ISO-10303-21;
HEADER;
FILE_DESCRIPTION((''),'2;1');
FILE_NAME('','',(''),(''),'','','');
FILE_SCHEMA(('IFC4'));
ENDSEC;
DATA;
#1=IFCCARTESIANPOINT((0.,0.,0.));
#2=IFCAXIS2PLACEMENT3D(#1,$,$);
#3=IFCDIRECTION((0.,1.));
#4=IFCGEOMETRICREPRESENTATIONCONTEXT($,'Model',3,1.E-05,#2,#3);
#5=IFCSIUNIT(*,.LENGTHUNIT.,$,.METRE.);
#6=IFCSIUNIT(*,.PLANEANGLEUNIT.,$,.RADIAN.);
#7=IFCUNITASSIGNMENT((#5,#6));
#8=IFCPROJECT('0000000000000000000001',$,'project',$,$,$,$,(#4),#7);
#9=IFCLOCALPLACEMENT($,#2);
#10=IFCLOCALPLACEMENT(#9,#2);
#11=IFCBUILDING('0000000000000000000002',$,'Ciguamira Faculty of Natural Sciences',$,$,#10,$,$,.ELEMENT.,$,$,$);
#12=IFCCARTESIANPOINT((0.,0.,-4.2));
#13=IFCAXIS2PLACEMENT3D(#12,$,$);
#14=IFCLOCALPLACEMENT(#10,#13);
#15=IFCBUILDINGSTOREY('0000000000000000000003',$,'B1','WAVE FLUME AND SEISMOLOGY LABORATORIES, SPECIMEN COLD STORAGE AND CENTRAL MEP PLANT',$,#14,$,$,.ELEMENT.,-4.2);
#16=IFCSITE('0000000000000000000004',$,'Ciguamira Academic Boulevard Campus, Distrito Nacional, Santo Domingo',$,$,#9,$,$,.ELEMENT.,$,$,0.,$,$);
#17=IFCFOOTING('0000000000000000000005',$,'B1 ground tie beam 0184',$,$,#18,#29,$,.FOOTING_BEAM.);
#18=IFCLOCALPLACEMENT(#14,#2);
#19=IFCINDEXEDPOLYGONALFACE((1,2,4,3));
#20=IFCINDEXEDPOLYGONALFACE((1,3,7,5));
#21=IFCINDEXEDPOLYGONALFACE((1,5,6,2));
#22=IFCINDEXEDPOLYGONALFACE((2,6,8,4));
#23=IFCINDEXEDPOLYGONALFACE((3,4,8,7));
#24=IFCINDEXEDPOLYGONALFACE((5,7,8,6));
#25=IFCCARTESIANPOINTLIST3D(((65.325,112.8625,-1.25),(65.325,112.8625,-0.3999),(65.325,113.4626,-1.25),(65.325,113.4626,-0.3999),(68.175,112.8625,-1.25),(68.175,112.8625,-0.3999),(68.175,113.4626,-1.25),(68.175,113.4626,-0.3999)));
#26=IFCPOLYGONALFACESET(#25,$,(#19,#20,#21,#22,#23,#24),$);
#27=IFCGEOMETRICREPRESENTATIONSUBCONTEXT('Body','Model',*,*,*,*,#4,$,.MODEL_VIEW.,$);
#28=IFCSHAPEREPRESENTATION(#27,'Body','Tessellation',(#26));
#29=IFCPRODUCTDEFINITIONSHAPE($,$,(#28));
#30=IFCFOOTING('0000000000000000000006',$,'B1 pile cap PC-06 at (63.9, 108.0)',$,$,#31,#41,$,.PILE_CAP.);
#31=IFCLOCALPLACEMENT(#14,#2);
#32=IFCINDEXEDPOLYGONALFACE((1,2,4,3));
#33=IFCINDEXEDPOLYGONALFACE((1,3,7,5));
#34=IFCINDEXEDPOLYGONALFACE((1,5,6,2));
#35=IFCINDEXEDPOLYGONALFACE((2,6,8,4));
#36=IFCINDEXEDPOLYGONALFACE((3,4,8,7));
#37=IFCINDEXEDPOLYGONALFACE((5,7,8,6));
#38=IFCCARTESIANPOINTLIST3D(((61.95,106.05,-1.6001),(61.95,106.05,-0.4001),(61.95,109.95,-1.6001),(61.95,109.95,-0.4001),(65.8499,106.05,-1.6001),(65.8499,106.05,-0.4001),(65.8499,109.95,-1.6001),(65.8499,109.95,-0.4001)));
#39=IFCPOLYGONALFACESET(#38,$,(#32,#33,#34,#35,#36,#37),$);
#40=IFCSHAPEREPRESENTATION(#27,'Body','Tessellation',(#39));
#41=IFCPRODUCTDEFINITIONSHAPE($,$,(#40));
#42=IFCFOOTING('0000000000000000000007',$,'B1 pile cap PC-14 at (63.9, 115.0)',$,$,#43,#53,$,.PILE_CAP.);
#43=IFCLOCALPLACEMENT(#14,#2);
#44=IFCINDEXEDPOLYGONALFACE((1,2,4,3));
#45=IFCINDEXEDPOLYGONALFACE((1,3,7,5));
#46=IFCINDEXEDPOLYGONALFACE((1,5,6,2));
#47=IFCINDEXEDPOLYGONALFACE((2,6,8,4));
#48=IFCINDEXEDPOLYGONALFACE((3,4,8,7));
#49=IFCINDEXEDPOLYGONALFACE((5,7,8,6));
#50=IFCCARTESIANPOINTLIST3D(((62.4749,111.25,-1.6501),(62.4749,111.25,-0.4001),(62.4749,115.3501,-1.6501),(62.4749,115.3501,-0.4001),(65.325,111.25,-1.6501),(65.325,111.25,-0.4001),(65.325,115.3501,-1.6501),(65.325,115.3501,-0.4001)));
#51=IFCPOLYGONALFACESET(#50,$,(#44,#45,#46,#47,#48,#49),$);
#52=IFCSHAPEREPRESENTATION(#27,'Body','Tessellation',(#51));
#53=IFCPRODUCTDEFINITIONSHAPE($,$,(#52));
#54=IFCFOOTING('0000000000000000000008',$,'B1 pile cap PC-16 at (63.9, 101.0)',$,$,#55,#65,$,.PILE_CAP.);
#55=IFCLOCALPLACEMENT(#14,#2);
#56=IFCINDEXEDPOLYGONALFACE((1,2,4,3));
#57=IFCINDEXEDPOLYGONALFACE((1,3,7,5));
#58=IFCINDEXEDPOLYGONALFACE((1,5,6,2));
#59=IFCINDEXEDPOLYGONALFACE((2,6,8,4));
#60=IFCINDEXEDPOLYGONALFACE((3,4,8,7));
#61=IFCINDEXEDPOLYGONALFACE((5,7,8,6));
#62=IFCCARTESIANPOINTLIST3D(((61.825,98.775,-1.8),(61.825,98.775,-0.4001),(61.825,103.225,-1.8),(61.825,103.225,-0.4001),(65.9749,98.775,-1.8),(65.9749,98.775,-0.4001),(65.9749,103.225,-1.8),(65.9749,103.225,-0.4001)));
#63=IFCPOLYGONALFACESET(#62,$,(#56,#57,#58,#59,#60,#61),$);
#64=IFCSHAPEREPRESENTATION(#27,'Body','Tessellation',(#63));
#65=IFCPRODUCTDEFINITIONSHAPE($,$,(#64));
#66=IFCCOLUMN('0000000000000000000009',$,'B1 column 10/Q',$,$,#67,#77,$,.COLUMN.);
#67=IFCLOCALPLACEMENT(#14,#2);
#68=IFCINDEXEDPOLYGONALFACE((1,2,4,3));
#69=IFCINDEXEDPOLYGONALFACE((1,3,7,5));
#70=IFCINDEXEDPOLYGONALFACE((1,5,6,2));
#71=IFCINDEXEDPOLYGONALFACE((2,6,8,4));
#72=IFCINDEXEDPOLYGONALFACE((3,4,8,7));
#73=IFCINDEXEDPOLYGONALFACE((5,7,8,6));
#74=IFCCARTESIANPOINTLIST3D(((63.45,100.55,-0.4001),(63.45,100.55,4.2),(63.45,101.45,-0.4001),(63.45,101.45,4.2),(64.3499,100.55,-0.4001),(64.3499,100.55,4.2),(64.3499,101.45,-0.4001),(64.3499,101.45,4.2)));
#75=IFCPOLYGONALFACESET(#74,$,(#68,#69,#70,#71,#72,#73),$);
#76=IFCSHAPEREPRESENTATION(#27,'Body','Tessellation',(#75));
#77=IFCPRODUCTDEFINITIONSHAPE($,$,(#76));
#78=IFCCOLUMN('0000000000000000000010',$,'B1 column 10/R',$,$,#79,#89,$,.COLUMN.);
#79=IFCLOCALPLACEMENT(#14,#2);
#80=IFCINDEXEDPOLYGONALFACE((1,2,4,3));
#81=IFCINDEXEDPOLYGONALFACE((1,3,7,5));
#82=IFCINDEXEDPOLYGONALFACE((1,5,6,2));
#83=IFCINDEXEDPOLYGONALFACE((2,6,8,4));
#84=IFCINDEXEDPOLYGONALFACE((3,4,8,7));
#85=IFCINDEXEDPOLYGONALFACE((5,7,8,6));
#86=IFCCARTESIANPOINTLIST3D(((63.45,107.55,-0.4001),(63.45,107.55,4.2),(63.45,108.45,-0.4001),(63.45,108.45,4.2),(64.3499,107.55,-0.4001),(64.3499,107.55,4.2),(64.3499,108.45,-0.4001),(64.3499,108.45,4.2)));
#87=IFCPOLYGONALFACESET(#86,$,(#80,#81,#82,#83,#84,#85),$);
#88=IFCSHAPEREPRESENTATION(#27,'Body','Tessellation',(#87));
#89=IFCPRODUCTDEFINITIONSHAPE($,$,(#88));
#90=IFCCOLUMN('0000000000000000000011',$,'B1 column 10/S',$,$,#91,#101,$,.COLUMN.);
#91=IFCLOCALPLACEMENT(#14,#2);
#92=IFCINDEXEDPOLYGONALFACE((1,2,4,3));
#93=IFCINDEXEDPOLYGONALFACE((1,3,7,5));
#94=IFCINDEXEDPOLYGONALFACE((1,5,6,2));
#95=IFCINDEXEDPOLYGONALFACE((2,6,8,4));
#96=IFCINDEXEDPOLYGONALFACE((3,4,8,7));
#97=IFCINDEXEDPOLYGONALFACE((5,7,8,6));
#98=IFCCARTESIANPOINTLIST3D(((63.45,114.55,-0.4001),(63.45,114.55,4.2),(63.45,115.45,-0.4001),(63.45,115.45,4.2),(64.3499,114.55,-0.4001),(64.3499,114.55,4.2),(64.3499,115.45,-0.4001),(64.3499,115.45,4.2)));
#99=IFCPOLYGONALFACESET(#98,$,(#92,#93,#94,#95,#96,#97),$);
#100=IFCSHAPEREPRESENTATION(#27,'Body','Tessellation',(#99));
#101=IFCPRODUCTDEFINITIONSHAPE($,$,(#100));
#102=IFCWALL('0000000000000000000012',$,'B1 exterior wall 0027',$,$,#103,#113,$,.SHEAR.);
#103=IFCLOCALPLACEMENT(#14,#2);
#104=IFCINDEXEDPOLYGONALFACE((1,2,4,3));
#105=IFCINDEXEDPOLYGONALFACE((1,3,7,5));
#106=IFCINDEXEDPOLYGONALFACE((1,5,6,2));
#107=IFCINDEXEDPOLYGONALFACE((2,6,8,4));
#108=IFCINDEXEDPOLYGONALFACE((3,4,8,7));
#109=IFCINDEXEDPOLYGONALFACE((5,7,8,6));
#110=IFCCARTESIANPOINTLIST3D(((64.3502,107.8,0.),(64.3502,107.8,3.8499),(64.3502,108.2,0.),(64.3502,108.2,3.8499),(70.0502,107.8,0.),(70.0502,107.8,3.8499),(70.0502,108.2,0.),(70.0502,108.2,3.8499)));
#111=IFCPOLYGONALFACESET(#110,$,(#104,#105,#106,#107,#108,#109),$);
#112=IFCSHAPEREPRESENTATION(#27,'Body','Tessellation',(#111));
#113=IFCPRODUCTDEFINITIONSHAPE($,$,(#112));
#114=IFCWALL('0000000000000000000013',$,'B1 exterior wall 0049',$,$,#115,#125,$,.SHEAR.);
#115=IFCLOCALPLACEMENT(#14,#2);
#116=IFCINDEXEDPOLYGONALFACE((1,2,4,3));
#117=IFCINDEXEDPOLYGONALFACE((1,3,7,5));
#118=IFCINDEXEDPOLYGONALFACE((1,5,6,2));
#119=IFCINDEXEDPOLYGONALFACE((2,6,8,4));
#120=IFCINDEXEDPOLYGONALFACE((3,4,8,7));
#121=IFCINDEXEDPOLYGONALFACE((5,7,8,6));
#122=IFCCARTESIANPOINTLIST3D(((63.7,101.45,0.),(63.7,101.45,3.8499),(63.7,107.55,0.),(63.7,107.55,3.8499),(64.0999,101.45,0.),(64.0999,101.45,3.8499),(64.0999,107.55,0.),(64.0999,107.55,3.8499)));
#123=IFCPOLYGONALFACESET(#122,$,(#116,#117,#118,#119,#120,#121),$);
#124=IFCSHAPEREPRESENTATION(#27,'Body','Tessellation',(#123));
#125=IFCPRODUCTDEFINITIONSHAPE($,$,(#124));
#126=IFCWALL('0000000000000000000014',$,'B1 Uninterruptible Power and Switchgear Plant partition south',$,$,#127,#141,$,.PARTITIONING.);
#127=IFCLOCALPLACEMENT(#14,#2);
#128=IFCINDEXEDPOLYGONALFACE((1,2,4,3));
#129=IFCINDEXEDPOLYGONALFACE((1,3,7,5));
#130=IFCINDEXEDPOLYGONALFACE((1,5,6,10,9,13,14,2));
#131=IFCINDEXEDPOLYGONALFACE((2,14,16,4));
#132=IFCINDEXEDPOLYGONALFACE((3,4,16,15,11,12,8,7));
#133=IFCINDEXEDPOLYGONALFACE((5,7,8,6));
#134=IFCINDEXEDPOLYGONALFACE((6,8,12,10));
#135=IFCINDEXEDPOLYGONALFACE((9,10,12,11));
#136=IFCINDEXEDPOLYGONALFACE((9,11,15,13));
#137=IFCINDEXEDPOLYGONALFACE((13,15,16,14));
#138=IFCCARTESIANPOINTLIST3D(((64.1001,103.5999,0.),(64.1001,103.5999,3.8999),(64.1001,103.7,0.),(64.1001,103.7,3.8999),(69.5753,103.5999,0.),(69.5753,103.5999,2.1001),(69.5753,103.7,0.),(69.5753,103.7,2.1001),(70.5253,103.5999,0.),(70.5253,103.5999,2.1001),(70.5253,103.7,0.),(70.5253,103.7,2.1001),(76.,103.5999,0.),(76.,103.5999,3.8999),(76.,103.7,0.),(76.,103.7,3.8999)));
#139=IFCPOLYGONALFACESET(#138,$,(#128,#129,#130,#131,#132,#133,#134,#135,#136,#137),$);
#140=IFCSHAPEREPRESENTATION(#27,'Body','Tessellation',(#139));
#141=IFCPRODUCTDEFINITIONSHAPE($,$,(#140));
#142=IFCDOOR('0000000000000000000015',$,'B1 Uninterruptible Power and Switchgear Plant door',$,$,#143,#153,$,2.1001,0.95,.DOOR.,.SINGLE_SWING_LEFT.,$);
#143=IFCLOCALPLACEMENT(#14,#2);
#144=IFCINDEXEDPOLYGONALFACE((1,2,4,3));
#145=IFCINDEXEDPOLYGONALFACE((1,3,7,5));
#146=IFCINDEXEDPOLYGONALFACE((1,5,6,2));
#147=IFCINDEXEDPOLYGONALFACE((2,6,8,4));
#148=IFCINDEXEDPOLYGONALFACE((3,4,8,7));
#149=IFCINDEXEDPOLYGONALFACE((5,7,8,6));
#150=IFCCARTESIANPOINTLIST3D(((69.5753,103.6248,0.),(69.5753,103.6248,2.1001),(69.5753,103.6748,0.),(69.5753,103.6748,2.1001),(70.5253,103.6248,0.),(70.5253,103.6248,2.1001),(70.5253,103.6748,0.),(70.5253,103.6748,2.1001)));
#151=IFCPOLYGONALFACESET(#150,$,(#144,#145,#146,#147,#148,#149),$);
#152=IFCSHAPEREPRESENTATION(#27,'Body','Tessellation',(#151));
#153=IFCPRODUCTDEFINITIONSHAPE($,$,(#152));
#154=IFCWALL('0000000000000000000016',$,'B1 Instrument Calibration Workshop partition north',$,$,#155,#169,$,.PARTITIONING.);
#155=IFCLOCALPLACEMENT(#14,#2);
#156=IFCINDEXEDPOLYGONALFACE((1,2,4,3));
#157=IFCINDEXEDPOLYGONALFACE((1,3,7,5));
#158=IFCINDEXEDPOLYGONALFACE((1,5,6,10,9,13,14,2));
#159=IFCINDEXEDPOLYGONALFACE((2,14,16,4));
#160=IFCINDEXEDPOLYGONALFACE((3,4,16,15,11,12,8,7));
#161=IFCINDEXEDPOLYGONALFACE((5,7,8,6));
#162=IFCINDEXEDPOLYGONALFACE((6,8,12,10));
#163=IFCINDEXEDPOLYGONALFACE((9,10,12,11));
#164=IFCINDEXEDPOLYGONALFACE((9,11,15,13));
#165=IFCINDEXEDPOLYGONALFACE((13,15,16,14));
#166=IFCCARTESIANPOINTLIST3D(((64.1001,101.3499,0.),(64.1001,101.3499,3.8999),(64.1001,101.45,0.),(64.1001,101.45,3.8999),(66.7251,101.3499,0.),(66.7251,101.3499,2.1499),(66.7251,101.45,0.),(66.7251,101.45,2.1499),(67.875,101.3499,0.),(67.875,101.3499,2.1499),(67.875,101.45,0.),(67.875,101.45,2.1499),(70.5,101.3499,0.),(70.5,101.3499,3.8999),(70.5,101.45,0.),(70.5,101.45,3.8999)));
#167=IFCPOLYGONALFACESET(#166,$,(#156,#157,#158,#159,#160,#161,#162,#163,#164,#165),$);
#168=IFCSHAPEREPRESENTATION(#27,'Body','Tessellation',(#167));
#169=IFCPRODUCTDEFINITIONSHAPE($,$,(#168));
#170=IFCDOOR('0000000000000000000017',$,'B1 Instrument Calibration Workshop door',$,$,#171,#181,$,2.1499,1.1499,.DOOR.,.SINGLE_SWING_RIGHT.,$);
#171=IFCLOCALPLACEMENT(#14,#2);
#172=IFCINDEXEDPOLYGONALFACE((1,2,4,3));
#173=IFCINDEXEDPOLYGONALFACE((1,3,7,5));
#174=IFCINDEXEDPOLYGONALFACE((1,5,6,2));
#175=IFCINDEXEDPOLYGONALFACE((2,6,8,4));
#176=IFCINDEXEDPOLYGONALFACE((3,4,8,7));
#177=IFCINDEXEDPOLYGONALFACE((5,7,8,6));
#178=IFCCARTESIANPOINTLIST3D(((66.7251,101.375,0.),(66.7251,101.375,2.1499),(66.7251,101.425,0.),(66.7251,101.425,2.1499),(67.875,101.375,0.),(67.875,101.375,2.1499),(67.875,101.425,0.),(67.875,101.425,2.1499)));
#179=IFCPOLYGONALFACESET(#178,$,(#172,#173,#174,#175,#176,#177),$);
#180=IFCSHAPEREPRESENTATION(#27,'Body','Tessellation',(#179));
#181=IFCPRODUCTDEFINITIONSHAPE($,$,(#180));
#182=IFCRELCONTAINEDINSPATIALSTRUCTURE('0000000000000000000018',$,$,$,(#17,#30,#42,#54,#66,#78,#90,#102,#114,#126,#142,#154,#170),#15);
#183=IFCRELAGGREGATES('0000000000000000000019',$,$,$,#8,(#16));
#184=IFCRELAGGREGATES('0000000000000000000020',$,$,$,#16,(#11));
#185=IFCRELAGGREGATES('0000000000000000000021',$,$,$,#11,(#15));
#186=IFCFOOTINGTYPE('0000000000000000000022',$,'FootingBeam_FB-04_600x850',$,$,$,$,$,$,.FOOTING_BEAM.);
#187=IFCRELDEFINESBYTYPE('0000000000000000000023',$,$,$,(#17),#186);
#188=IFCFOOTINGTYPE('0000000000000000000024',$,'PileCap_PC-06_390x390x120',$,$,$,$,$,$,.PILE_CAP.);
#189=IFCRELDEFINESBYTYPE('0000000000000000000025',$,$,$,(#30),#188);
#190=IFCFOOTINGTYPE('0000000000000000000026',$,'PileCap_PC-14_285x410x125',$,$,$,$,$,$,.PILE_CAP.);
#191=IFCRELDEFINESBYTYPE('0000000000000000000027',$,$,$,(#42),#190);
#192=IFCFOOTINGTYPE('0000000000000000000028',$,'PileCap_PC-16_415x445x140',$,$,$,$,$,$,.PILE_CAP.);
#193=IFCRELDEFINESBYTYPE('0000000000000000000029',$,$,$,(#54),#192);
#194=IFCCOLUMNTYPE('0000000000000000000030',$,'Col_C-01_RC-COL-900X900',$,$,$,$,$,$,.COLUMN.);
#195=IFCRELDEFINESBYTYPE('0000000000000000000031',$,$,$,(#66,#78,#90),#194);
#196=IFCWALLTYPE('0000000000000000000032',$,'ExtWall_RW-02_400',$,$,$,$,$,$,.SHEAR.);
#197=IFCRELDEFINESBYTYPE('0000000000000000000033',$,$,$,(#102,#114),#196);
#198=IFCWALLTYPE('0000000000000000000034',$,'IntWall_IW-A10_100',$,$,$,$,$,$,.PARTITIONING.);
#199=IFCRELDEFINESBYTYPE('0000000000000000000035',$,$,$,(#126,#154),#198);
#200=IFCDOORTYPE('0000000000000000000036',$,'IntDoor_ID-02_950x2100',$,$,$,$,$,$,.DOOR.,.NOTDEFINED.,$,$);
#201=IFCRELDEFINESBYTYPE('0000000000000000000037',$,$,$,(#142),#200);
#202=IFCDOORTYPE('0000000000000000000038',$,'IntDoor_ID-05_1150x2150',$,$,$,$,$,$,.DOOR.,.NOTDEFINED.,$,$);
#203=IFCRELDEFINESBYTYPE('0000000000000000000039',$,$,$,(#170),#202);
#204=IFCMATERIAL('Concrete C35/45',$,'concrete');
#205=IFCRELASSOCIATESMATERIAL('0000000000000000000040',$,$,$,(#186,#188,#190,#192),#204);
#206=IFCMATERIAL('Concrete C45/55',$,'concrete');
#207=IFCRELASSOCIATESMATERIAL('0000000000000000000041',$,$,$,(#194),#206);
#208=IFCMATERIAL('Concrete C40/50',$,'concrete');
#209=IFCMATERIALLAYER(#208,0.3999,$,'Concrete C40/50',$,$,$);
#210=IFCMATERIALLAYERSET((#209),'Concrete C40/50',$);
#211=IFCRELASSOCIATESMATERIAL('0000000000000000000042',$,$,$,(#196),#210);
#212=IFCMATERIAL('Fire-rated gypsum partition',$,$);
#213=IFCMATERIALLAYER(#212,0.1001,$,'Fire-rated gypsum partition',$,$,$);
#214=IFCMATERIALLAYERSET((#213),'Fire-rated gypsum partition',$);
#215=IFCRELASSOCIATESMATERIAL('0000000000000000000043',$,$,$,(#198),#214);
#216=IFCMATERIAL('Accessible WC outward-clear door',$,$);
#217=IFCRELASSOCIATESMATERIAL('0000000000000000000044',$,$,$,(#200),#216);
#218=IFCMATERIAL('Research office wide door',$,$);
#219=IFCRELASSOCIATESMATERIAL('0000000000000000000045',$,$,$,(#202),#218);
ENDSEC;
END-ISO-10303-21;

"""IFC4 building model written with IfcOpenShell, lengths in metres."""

from ifc_helpers import new_model, si_unit, direction, frame, frame_2d, origin, origin_2d, place, context, subcontext, project, spatial, rectangle, extrude, material, layer, layer_set, material_profile, profile_set, type_object, element, fill, save


model = new_model("IFC4")

# Units and contexts
model_context = context("Model", 3, precision=1e-05, world=origin(), true_north=direction((0.0, 1.0)))
body_context = subcontext(model_context, "Body", "Model", "MODEL_VIEW")
ifc_project = project(units=[si_unit("LENGTHUNIT", "METRE"), si_unit("PLANEANGLEUNIT", "RADIAN")], contexts=[model_context])

# Site, building, storey
site_placement = place(None, origin())
site = spatial("IfcSite", under=ifc_project, at=site_placement, Name="Ciguamira Academic Boulevard Campus, Distrito Nacional, Santo Domingo", CompositionType="ELEMENT", RefElevation=0.0)
building_placement = place(site_placement, origin())
building = spatial("IfcBuilding", under=site, at=building_placement, Name="Ciguamira Faculty of Natural Sciences", CompositionType="ELEMENT")
storey_placement = place(building_placement, frame((0.0, 0.0, -4.2)))
storey = spatial("IfcBuildingStorey", under=building, at=storey_placement, Name="B1", Description="WAVE FLUME AND SEISMOLOGY LABORATORIES, SPECIMEN COLD STORAGE AND CENTRAL MEP PLANT", CompositionType="ELEMENT", Elevation=-4.2)

# Shared definitions
ifc_material_1 = material(Name="Concrete C35/45", Category="concrete")

# Footings
ifc_material_profile_1 = material_profile(ifc_material_1, rectangle(XDim=0.6001, YDim=0.8501, at=origin_2d()), Name="RC-FB-600X850")
ifc_profile_set_1 = profile_set([ifc_material_profile_1], Name="Concrete C35/45")
footing_type_1 = type_object("IfcFootingType", Name="FootingBeam_FB-04_600x850", PredefinedType="FOOTING_BEAM", material=ifc_profile_set_1)
footing_1_placement = place(storey_placement, frame((65.325, 113.1626, -0.825), z_axis=(1.0, 0.0, 0.0), x_axis=(0.0, 1.0, 0.0)))
element("IfcFooting", 1, at=footing_1_placement, inside=storey, type_object=footing_type_1, Name="B1 ground tie beam 0184", PredefinedType="FOOTING_BEAM", context=body_context, shape_type="SweptSolid", body=[
    extrude(rectangle(XDim=0.6001, YDim=0.8501, at=origin_2d()), origin(), (0.0, 0.0, 1.0), 2.8501),
])
footing_type_2 = type_object("IfcFootingType", Name="PileCap_PC-06_390x390x120", PredefinedType="PILE_CAP", material=ifc_material_1)
footing_2_placement = place(storey_placement, frame((63.8999, 108.0, -1.6001), z_axis=(0.0, 0.0, 1.0), x_axis=(1.0, 0.0, 0.0)))
element("IfcFooting", 2, at=footing_2_placement, inside=storey, type_object=footing_type_2, Name="B1 pile cap PC-06 at (63.9, 108.0)", PredefinedType="PILE_CAP", context=body_context, shape_type="SweptSolid", body=[
    extrude(rectangle(XDim=3.8999, YDim=3.8999, at=origin_2d()), origin(), (0.0, 0.0, 1.0), 1.2),
])
footing_type_3 = type_object("IfcFootingType", Name="PileCap_PC-14_285x410x125", PredefinedType="PILE_CAP", material=ifc_material_1)
footing_3_placement = place(storey_placement, frame((63.8999, 113.3, -1.6501), z_axis=(0.0, 0.0, 1.0), x_axis=(1.0, 0.0, 0.0)))
element("IfcFooting", 3, at=footing_3_placement, inside=storey, type_object=footing_type_3, Name="B1 pile cap PC-14 at (63.9, 115.0)", PredefinedType="PILE_CAP", context=body_context, shape_type="SweptSolid", body=[
    extrude(rectangle(XDim=2.8501, YDim=4.1001, at=origin_2d()), origin(), (0.0, 0.0, 1.0), 1.25),
])
footing_type_4 = type_object("IfcFootingType", Name="PileCap_PC-16_415x445x140", PredefinedType="PILE_CAP", material=ifc_material_1)
footing_4_placement = place(storey_placement, frame((63.8999, 101.0, -1.8), z_axis=(0.0, 0.0, 1.0), x_axis=(1.0, 0.0, 0.0)))
element("IfcFooting", 4, at=footing_4_placement, inside=storey, type_object=footing_type_4, Name="B1 pile cap PC-16 at (63.9, 101.0)", PredefinedType="PILE_CAP", context=body_context, shape_type="SweptSolid", body=[
    extrude(rectangle(XDim=4.1499, YDim=4.45, at=origin_2d()), origin(), (0.0, 0.0, 1.0), 1.3999),
])

# Columns
ifc_material_2 = material(Name="Concrete C45/55", Category="concrete")
ifc_material_profile_2 = material_profile(ifc_material_2, rectangle(XDim=0.8999, YDim=0.8999, at=origin_2d()), Name="RC-COL-900X900")
ifc_profile_set_2 = profile_set([ifc_material_profile_2], Name="Concrete C45/55")
column_type = type_object("IfcColumnType", Name="Col_C-01_RC-COL-900X900", PredefinedType="COLUMN", material=ifc_profile_set_2)
for number, where, z_axis, x_axis, name in (
    (5, (63.8999, 101.0, -0.4001), (0.0, 0.0, 1.0), (1.0, 0.0, 0.0), "B1 column 10/Q"),
    (6, (63.8999, 108.0, -0.4001), (0.0, 0.0, 1.0), (1.0, 0.0, 0.0), "B1 column 10/R"),
    (7, (63.8999, 115.0, -0.4001), (0.0, 0.0, 1.0), (1.0, 0.0, 0.0), "B1 column 10/S"),
):
    element("IfcColumn", number, at=place(storey_placement, frame(where, z_axis=z_axis, x_axis=x_axis)), inside=storey, type_object=column_type, Name=name, PredefinedType="COLUMN", context=body_context, shape_type="SweptSolid", body=[
        extrude(rectangle(XDim=0.8999, YDim=0.8999, at=origin_2d()), origin(), (0.0, 0.0, 1.0), 4.6001),
    ])

# Walls
ifc_material_3 = material(Name="Concrete C40/50", Category="concrete")
ifc_layer_1 = layer(ifc_material_3, 0.3999, Name="Concrete C40/50")
ifc_layer_set_1 = layer_set([ifc_layer_1], Name="Concrete C40/50")
wall_type_1 = type_object("IfcWallType", Name="ExtWall_RW-02_400", PredefinedType="SHEAR", material=ifc_layer_set_1)
wall_1_placement = place(storey_placement, frame((64.3501, 108.0, 0.0), z_axis=(0.0, 0.0, 1.0), x_axis=(1.0, 0.0, 0.0)))
element("IfcWall", 8, at=wall_1_placement, inside=storey, type_object=wall_type_1, Name="B1 exterior wall 0027", PredefinedType="SHEAR", context=body_context, shape_type="SweptSolid", body=[
    extrude(rectangle(XDim=5.7, YDim=0.3999, at=frame_2d((2.8501, 0.0))), origin(), (0.0, 0.0, 1.0), 3.8499),
])
wall_2_placement = place(storey_placement, frame((63.8999, 101.45, 0.0), z_axis=(0.0, 0.0, 1.0), x_axis=(0.0, 1.0, 0.0)))
element("IfcWall", 9, at=wall_2_placement, inside=storey, type_object=wall_type_1, Name="B1 exterior wall 0049", PredefinedType="SHEAR", context=body_context, shape_type="SweptSolid", body=[
    extrude(rectangle(XDim=6.1001, YDim=0.3999, at=frame_2d((3.05, 0.0))), origin(), (0.0, 0.0, 1.0), 3.8499),
])

# Walls, openings, doors
ifc_material_4 = material(Name="Fire-rated gypsum partition")
ifc_layer_2 = layer(ifc_material_4, 0.1001, Name="Fire-rated gypsum partition")
ifc_layer_set_2 = layer_set([ifc_layer_2], Name="Fire-rated gypsum partition")
wall_type_2 = type_object("IfcWallType", Name="IntWall_IW-A10_100", PredefinedType="PARTITIONING", material=ifc_layer_set_2)
wall_3_placement = place(storey_placement, frame((64.1001, 103.6499, 0.0), z_axis=(0.0, 0.0, 1.0), x_axis=(1.0, 0.0, 0.0)))
wall_3 = element("IfcWall", 10, at=wall_3_placement, inside=storey, type_object=wall_type_2, Name="B1 Uninterruptible Power and Switchgear Plant partition south", PredefinedType="PARTITIONING", context=body_context, shape_type="SweptSolid", body=[
    extrude(rectangle(XDim=11.8999, YDim=0.1001, at=frame_2d((5.95, 0.0))), origin(), (0.0, 0.0, 1.0), 3.8999),
])
opening_1_placement = place(wall_3_placement, frame((5.4751, 0.0, 0.0)))
opening_1 = element("IfcOpeningElement", 11, at=opening_1_placement, cuts=wall_3, PredefinedType="OPENING", context=body_context, shape_type="SweptSolid", body=[
    extrude(rectangle(XDim=0.95, YDim=2.1001, at=frame_2d((0.4751, 1.05))), frame((0.0, 0.0601, 0.0), z_axis=(0.0, -1.0, 0.0), x_axis=(1.0, 0.0, 0.0)), (0.0, 0.0, 1.0), 0.1201),
])
ifc_material_5 = material(Name="Accessible WC outward-clear door")
door_type_1 = type_object("IfcDoorType", Name="IntDoor_ID-02_950x2100", OperationType="NOTDEFINED", PredefinedType="DOOR", material=ifc_material_5)
door_1_placement = place(opening_1_placement, origin())
door_1 = element("IfcDoor", 12, at=door_1_placement, inside=storey, type_object=door_type_1, Name="B1 Uninterruptible Power and Switchgear Plant door", OperationType="SINGLE_SWING_LEFT", OverallHeight=2.1001, OverallWidth=0.95, PredefinedType="DOOR", context=body_context, shape_type="SweptSolid", body=[
    extrude(rectangle(XDim=0.95, YDim=2.1001, at=frame_2d((0.4751, 1.05))), frame((0.0, 0.0249, 0.0), z_axis=(0.0, -1.0, 0.0), x_axis=(1.0, 0.0, 0.0)), (0.0, 0.0, 1.0), 0.05),
])
fill(opening_1, door_1)
wall_4_placement = place(storey_placement, frame((64.1001, 101.3999, 0.0), z_axis=(0.0, 0.0, 1.0), x_axis=(1.0, 0.0, 0.0)))
wall_4 = element("IfcWall", 13, at=wall_4_placement, inside=storey, type_object=wall_type_2, Name="B1 Instrument Calibration Workshop partition north", PredefinedType="PARTITIONING", context=body_context, shape_type="SweptSolid", body=[
    extrude(rectangle(XDim=6.3999, YDim=0.1001, at=frame_2d((3.2, 0.0))), origin(), (0.0, 0.0, 1.0), 3.8999),
])
opening_2_placement = place(wall_4_placement, frame((2.625, 0.0, 0.0)))
opening_2 = element("IfcOpeningElement", 14, at=opening_2_placement, cuts=wall_4, PredefinedType="OPENING", context=body_context, shape_type="SweptSolid", body=[
    extrude(rectangle(XDim=1.1499, YDim=2.1499, at=frame_2d((0.575, 1.075))), frame((0.0, 0.0601, 0.0), z_axis=(0.0, -1.0, 0.0), x_axis=(1.0, 0.0, 0.0)), (0.0, 0.0, 1.0), 0.1201),
])
ifc_material_6 = material(Name="Research office wide door")
door_type_2 = type_object("IfcDoorType", Name="IntDoor_ID-05_1150x2150", OperationType="NOTDEFINED", PredefinedType="DOOR", material=ifc_material_6)
door_2_placement = place(opening_2_placement, frame((1.1499, 0.0, 0.0), z_axis=(0.0, 0.0, 1.0), x_axis=(-1.0, 0.0, 0.0)))
door_2 = element("IfcDoor", 15, at=door_2_placement, inside=storey, type_object=door_type_2, Name="B1 Instrument Calibration Workshop door", OperationType="SINGLE_SWING_RIGHT", OverallHeight=2.1499, OverallWidth=1.1499, PredefinedType="DOOR", context=body_context, shape_type="SweptSolid", body=[
    extrude(rectangle(XDim=1.1499, YDim=2.1499, at=frame_2d((0.575, 1.075))), frame((0.0, 0.0249, 0.0), z_axis=(0.0, -1.0, 0.0), x_axis=(1.0, 0.0, 0.0)), (0.0, 0.0, 1.0), 0.05),
])
fill(opening_2, door_2)

save(model, "model.ifc")
